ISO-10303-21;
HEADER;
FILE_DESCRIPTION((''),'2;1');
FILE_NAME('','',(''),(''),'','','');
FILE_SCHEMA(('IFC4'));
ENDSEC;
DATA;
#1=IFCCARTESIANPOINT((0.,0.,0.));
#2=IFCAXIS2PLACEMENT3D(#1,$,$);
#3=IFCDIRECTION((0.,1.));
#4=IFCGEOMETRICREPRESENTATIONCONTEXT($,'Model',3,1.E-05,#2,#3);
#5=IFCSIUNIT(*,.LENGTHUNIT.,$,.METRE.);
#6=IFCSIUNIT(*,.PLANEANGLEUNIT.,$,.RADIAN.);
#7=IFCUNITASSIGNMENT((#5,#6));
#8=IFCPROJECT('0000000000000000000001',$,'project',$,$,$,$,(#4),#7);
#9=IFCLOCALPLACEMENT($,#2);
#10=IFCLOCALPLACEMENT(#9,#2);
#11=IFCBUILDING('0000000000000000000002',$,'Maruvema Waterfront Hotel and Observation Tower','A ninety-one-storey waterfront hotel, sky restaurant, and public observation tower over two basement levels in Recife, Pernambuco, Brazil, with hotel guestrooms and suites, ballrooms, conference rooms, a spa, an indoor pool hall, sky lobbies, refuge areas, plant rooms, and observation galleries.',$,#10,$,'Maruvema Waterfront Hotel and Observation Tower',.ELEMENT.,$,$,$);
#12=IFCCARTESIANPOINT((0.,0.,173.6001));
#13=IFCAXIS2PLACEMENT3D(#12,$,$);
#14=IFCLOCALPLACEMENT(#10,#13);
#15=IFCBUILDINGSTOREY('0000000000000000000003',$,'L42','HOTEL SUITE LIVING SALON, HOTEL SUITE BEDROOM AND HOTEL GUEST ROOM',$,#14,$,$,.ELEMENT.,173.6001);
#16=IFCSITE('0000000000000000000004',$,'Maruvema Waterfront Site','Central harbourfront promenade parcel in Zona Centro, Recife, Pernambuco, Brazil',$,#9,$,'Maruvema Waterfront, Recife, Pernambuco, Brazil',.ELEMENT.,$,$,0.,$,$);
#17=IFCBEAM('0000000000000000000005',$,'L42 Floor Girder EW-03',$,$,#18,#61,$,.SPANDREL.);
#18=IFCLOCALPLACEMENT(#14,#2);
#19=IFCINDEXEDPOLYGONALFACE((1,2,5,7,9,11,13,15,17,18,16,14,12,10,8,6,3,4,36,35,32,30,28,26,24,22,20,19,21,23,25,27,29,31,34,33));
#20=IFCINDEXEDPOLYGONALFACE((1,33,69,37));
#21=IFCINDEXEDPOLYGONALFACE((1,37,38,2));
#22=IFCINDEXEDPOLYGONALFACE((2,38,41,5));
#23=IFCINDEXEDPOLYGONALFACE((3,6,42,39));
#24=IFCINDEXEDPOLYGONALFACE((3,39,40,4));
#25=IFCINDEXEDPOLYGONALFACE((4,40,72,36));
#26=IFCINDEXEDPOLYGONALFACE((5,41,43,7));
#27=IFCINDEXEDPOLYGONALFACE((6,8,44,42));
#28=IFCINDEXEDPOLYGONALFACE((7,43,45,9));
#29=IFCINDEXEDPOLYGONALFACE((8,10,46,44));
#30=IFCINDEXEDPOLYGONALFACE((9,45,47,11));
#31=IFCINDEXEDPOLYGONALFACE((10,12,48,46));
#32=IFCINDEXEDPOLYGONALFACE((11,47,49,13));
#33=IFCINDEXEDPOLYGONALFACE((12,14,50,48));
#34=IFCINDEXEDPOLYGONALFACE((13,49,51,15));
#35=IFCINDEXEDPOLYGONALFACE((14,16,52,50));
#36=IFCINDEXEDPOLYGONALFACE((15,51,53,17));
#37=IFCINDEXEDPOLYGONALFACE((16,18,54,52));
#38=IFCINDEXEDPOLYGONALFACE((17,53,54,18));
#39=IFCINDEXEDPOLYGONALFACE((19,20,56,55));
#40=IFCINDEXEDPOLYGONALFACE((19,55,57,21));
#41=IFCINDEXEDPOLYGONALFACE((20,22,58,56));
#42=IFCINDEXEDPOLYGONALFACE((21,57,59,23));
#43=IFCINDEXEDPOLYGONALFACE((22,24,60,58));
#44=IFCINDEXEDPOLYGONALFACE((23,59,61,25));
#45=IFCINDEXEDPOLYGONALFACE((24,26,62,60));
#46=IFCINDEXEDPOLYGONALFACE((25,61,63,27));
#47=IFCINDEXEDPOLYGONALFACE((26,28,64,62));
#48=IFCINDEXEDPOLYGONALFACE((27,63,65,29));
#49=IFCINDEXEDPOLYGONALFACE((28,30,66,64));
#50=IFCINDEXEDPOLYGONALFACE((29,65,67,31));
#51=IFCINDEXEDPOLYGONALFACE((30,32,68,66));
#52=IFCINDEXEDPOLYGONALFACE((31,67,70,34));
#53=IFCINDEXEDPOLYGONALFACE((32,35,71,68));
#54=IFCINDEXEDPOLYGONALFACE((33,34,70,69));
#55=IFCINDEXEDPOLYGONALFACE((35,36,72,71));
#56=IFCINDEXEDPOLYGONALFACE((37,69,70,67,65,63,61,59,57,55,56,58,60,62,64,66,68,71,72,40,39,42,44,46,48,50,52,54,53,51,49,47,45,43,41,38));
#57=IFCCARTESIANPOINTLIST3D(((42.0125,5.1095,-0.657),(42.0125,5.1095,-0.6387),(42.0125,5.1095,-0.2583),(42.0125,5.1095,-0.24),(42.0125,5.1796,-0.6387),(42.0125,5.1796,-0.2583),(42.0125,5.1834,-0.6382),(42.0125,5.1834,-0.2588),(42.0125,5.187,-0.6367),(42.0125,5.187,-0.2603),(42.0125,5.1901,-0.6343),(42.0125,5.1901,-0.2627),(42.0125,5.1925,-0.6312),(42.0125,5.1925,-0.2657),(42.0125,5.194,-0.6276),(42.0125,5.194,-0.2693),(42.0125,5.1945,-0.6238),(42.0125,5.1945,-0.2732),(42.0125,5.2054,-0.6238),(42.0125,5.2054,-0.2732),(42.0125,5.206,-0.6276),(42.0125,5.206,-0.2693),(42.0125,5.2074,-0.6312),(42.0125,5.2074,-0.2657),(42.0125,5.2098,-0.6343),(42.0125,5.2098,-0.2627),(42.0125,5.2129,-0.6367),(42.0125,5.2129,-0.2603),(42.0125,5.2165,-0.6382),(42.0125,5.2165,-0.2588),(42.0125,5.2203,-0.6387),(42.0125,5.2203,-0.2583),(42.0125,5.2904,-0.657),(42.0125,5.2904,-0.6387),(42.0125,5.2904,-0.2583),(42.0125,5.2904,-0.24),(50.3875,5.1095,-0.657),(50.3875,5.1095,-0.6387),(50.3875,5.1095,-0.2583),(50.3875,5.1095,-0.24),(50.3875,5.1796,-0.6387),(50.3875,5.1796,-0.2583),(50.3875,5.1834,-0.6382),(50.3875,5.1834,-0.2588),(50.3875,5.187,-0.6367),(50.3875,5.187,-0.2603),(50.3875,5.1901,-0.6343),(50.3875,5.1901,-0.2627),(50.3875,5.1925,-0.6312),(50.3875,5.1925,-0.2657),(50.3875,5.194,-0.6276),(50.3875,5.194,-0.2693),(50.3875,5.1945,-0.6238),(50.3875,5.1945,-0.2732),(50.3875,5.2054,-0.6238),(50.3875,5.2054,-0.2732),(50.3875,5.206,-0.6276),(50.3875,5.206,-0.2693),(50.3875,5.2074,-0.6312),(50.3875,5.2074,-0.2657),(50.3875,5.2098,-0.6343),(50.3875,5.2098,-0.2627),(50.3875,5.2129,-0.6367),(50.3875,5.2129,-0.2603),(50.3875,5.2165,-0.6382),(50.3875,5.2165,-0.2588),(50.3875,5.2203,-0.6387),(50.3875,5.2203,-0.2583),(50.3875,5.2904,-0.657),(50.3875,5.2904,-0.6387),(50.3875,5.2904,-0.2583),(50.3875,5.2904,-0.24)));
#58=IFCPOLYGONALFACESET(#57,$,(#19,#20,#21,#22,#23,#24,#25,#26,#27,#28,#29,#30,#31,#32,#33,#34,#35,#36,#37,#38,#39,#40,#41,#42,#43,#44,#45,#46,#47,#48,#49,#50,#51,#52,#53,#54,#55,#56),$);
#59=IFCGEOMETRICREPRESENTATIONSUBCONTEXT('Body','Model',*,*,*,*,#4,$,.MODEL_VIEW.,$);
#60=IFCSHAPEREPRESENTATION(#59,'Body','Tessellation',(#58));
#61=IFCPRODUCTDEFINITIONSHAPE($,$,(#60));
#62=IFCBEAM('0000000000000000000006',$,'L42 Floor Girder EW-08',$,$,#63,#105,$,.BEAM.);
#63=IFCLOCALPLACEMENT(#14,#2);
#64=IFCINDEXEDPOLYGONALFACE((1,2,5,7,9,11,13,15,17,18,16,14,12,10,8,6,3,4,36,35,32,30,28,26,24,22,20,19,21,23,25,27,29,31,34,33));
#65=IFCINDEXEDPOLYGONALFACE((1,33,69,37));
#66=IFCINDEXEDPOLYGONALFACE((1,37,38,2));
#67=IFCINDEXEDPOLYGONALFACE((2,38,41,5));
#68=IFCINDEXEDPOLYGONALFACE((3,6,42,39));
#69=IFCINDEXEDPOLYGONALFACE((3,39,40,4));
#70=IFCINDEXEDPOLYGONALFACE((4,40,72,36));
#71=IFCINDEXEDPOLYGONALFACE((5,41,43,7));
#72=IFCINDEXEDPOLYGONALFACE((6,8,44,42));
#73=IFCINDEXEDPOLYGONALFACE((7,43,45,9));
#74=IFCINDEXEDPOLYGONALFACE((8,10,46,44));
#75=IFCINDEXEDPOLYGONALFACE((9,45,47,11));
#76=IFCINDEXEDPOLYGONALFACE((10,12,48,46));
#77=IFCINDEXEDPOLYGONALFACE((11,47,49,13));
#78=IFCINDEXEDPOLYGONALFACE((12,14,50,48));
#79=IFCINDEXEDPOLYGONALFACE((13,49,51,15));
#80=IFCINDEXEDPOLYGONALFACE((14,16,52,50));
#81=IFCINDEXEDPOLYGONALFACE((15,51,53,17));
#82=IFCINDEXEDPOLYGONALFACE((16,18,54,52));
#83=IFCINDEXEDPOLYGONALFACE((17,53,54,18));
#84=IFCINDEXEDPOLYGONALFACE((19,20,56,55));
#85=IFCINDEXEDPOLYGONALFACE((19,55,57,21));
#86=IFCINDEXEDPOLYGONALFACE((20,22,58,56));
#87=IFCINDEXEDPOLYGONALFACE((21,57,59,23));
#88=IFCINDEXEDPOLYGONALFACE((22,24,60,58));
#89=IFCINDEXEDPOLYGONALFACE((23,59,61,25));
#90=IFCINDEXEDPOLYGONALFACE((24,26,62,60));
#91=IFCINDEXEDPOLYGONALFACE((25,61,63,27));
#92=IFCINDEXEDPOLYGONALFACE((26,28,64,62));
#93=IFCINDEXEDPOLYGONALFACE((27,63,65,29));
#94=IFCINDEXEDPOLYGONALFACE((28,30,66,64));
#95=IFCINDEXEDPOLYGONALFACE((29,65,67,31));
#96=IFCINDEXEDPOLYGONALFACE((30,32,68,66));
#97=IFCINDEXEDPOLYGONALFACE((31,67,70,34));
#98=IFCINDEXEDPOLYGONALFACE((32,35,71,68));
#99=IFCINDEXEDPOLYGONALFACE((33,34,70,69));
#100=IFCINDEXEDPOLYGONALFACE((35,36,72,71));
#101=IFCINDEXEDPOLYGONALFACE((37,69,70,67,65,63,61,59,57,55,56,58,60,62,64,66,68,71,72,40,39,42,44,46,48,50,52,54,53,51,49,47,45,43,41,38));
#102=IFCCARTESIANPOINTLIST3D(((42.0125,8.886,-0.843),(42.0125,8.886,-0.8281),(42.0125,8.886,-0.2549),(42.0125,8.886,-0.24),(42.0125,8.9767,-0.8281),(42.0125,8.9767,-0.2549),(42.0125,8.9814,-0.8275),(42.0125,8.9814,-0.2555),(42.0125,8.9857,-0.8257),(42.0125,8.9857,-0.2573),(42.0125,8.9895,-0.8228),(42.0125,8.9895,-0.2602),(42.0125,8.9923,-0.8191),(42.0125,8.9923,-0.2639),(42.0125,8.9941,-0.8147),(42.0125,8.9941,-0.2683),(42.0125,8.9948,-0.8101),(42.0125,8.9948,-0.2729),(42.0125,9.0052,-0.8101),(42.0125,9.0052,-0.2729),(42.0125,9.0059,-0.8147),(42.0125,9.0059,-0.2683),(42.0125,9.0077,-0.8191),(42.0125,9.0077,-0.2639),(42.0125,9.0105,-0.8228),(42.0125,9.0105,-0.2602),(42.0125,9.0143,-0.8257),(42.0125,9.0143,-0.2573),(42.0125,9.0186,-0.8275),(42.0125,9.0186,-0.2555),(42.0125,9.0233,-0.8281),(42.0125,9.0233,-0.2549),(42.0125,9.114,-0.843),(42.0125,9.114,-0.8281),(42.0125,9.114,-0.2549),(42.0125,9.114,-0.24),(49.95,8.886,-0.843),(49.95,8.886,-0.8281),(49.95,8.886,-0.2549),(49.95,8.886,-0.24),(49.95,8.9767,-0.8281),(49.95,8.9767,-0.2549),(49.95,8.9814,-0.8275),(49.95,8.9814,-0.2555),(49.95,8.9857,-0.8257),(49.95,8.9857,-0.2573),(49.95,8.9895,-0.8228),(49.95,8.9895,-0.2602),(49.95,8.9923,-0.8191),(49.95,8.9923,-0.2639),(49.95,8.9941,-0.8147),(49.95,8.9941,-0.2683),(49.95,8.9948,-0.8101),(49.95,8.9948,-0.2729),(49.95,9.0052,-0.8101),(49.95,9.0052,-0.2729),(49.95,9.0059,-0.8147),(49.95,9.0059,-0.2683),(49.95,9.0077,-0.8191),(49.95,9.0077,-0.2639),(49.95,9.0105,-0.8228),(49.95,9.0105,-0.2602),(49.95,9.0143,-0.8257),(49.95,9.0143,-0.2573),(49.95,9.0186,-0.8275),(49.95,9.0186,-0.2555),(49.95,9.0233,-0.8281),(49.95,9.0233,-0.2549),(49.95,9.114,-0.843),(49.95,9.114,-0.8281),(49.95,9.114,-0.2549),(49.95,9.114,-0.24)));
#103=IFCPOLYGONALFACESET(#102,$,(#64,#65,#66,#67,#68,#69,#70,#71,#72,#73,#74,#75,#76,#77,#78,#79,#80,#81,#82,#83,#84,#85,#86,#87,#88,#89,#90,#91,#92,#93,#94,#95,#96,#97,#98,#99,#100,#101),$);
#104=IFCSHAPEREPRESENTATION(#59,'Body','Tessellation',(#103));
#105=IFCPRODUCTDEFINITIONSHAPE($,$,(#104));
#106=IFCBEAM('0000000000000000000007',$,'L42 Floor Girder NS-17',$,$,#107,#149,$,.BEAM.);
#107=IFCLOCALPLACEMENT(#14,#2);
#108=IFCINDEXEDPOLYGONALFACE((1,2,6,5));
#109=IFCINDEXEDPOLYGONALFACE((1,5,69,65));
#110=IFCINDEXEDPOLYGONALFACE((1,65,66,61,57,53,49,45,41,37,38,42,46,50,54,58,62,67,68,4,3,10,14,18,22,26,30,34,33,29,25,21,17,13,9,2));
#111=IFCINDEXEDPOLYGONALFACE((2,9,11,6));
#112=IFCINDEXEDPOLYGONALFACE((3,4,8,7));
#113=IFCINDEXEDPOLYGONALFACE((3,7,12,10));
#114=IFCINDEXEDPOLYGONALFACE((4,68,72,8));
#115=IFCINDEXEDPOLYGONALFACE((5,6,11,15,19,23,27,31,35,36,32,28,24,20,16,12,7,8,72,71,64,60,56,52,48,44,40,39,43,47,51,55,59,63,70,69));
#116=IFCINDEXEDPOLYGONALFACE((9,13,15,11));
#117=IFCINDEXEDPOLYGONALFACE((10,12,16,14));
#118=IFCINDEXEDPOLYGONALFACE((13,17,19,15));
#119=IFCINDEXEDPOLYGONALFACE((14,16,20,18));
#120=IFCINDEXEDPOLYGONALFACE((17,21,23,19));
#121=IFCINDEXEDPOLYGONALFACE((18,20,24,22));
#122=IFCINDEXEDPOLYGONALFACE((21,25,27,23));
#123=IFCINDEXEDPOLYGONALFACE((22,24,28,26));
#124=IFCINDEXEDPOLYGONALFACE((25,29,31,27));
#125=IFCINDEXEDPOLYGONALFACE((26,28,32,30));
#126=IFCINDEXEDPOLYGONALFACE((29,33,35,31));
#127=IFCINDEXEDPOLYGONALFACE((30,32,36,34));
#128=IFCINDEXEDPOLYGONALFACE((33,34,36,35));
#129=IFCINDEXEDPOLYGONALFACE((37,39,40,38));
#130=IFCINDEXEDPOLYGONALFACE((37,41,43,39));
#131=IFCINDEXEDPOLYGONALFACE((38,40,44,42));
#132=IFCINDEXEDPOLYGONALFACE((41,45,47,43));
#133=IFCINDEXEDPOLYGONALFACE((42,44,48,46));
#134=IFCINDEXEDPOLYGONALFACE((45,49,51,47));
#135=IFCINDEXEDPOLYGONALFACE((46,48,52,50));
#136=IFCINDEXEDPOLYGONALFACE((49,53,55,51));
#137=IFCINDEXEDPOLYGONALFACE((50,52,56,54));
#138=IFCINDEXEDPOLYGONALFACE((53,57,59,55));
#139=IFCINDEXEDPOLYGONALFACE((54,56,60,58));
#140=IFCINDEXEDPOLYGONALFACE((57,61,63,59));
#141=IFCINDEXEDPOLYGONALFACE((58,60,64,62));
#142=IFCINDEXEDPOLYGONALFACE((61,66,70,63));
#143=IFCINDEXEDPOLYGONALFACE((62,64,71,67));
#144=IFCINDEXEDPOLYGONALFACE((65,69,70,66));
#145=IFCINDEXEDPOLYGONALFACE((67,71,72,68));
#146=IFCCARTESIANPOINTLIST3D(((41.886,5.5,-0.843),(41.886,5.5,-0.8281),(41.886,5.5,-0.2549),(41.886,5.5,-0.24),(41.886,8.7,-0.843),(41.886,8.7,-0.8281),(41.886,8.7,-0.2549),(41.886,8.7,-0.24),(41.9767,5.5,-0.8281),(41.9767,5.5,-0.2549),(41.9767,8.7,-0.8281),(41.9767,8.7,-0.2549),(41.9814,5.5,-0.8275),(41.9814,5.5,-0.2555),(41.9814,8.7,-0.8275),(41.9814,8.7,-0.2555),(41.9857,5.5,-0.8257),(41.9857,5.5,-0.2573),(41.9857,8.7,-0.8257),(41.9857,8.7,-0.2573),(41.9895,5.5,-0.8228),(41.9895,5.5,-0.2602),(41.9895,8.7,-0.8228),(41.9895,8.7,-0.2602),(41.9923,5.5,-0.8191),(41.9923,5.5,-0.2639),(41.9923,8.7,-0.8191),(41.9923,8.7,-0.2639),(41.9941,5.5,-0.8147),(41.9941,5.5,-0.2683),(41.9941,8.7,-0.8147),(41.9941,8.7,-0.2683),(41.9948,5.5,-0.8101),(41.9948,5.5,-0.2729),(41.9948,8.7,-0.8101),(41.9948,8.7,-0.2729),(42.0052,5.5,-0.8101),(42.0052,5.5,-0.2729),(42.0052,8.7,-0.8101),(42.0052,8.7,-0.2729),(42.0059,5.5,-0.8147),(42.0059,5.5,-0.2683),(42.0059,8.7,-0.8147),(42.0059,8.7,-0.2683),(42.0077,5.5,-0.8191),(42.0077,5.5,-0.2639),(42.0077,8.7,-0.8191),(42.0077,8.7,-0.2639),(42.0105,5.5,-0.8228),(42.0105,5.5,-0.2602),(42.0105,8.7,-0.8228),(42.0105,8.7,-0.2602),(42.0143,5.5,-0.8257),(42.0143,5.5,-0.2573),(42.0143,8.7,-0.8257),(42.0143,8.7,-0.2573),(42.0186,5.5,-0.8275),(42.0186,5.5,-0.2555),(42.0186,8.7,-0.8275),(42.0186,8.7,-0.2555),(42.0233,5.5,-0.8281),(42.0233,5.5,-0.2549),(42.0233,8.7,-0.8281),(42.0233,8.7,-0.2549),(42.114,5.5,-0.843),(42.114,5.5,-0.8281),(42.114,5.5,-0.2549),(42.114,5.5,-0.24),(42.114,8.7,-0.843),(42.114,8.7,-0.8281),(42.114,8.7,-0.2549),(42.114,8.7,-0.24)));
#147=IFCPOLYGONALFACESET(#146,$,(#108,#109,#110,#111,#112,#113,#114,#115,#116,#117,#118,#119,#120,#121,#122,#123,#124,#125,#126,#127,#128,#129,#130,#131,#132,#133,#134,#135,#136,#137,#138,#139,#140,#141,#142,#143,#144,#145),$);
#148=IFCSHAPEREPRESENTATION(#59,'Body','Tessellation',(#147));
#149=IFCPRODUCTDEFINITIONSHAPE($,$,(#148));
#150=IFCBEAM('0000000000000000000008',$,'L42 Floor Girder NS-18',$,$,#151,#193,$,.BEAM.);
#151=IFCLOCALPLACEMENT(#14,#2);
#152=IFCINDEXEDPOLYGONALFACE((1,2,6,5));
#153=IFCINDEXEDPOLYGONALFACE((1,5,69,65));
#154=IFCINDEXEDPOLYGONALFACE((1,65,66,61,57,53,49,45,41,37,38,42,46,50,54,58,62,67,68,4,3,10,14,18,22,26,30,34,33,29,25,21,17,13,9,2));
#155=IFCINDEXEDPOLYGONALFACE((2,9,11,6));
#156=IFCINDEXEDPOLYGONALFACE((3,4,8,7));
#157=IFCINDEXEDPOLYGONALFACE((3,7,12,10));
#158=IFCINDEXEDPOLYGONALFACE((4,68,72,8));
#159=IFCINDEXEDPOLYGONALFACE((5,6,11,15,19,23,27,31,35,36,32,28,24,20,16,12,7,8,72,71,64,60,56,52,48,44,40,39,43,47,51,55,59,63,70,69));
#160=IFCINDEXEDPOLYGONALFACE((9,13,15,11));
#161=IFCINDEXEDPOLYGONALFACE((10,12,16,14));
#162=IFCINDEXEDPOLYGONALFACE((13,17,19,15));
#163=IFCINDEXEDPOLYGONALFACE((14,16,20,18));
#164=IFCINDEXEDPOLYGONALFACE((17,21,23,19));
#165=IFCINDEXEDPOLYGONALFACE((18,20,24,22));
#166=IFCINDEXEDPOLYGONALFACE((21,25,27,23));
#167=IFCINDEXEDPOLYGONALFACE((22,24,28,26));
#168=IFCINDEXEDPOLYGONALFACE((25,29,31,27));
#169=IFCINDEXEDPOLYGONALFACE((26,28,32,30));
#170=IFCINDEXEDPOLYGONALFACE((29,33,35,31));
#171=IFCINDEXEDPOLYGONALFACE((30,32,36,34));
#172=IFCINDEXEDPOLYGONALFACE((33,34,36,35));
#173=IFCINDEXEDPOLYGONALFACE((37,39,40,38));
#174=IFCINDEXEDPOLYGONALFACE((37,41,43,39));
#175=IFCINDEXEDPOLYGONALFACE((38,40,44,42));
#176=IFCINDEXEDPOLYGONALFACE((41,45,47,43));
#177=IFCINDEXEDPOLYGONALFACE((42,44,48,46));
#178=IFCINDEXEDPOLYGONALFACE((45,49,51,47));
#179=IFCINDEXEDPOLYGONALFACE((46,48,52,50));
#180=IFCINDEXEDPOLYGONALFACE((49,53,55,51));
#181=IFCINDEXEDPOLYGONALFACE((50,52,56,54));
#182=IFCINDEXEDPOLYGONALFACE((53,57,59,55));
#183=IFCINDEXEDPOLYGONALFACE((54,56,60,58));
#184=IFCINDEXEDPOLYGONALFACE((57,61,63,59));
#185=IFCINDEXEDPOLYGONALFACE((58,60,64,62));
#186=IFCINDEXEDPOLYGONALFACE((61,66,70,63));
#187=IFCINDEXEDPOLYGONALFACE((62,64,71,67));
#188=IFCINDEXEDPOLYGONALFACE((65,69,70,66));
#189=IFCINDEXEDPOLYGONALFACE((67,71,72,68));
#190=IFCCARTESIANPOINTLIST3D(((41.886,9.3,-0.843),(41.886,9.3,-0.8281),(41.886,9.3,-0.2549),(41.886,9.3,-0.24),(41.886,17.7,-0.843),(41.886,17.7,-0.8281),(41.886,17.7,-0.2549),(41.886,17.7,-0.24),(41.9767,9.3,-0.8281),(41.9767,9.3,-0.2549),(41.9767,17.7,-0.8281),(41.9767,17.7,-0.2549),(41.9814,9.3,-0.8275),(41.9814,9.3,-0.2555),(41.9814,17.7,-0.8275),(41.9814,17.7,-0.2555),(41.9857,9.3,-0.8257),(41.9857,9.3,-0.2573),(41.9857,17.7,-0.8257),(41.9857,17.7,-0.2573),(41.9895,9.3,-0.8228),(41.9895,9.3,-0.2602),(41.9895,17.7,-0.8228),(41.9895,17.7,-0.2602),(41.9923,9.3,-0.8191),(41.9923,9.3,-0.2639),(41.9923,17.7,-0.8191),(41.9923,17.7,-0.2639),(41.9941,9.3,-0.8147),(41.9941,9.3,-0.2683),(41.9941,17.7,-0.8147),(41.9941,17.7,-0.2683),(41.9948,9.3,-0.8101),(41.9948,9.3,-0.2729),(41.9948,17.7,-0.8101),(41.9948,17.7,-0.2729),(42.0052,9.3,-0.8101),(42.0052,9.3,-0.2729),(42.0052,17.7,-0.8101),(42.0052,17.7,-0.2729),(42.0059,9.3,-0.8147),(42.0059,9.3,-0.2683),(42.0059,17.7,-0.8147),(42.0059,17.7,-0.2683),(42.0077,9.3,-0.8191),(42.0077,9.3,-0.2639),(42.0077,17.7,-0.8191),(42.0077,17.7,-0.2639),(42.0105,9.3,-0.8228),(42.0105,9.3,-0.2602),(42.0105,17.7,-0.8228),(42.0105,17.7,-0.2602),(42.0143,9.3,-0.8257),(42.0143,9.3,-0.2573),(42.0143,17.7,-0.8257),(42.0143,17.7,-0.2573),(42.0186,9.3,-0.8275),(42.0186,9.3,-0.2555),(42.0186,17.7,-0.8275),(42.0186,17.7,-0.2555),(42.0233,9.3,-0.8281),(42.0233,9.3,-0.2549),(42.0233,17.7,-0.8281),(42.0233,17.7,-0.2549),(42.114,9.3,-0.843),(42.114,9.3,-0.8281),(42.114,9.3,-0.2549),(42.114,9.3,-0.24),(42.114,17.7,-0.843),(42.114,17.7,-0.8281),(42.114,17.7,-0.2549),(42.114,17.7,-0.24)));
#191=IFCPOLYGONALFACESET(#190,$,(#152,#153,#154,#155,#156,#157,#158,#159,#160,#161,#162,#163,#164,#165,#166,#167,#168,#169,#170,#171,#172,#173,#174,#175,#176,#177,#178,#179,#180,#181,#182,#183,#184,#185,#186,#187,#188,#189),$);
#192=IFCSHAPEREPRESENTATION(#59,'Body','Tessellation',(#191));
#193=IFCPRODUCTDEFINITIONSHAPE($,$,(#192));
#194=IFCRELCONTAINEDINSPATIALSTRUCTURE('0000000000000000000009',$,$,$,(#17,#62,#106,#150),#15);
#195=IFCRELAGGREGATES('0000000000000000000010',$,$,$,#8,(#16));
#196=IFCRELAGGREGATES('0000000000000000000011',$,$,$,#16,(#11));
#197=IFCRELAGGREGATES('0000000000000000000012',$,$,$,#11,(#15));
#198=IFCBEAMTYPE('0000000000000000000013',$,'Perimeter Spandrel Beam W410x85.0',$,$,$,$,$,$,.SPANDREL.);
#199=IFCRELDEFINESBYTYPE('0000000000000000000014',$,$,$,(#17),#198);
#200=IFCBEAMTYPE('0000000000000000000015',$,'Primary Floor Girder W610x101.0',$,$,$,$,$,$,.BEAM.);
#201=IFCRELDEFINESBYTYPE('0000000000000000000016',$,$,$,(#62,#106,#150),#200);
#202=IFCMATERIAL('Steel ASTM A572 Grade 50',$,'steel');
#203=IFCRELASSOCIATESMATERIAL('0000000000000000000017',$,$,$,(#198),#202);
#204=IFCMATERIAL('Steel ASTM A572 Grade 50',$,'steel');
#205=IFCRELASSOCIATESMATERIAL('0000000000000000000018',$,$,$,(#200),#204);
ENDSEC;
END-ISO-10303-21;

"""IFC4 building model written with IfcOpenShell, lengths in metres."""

from ifc_helpers import new_model, si_unit, direction, frame, origin, origin_2d, place, context, subcontext, project, spatial, i_section, extrude, material, material_profile, profile_set, type_object, element, save


model = new_model("IFC4")

# Units and contexts
model_context = context("Model", 3, precision=1e-05, world=origin(), true_north=direction((0.0, 1.0)))
body_context = subcontext(model_context, "Body", "Model", "MODEL_VIEW")
ifc_project = project(units=[si_unit("LENGTHUNIT", "METRE"), si_unit("PLANEANGLEUNIT", "RADIAN")], contexts=[model_context])

# Site, building, storey
site_placement = place(None, origin())
site = spatial("IfcSite", under=ifc_project, at=site_placement, Name="Maruvema Waterfront Site", Description="Central harbourfront promenade parcel in Zona Centro, Recife, Pernambuco, Brazil", LongName="Maruvema Waterfront, Recife, Pernambuco, Brazil", CompositionType="ELEMENT", RefElevation=0.0)
building_placement = place(site_placement, origin())
building = spatial("IfcBuilding", under=site, at=building_placement, Name="Maruvema Waterfront Hotel and Observation Tower", Description="A ninety-one-storey waterfront hotel, sky restaurant, and public observation tower over two basement levels in Recife, Pernambuco, Brazil, with hotel guestrooms and suites, ballrooms, conference rooms, a spa, an indoor pool hall, sky lobbies, refuge areas, plant rooms, and observation galleries.", LongName="Maruvema Waterfront Hotel and Observation Tower", CompositionType="ELEMENT")
storey_placement = place(building_placement, frame((0.0, 0.0, 173.6001)))
storey = spatial("IfcBuildingStorey", under=building, at=storey_placement, Name="L42", Description="HOTEL SUITE LIVING SALON, HOTEL SUITE BEDROOM AND HOTEL GUEST ROOM", CompositionType="ELEMENT", Elevation=173.6001)

# Beams
ifc_material_1 = material(Name="Steel ASTM A572 Grade 50", Category="steel")
ifc_material_profile_1 = material_profile(ifc_material_1, i_section(OverallWidth=0.1809, OverallDepth=0.417, WebThickness=0.011, FlangeThickness=0.0183, FilletRadius=0.0149, at=origin_2d()), Name="W410x85.0")
ifc_profile_set_1 = profile_set([ifc_material_profile_1], Name="Steel ASTM A572 Grade 50")
beam_type_1 = type_object("IfcBeamType", Name="Perimeter Spandrel Beam W410x85.0", PredefinedType="SPANDREL", material=ifc_profile_set_1)
beam_1_placement = place(storey_placement, frame((42.0125, 5.2, -0.4485), z_axis=(1.0, 0.0, 0.0), x_axis=(0.0, 1.0, 0.0)))
element("IfcBeam", 1, at=beam_1_placement, inside=storey, type_object=beam_type_1, Name="L42 Floor Girder EW-03", PredefinedType="SPANDREL", context=body_context, shape_type="SweptSolid", body=[
    extrude(i_section(OverallWidth=0.1809, OverallDepth=0.417, WebThickness=0.011, FlangeThickness=0.0183, FilletRadius=0.0149, at=origin_2d()), origin(), (0.0, 0.0, 1.0), 8.375),
])
ifc_material_2 = material(Name="Steel ASTM A572 Grade 50", Category="steel")
ifc_material_profile_2 = material_profile(ifc_material_2, i_section(OverallWidth=0.228, OverallDepth=0.603, WebThickness=0.0105, FlangeThickness=0.0149, FilletRadius=0.0181, at=origin_2d()), Name="W610x101.0")
ifc_profile_set_2 = profile_set([ifc_material_profile_2], Name="Steel ASTM A572 Grade 50")
beam_type_2 = type_object("IfcBeamType", Name="Primary Floor Girder W610x101.0", PredefinedType="BEAM", material=ifc_profile_set_2)
beam_2_placement = place(storey_placement, frame((42.0125, 9.0, -0.5415), z_axis=(1.0, 0.0, 0.0), x_axis=(0.0, 1.0, 0.0)))
element("IfcBeam", 2, at=beam_2_placement, inside=storey, type_object=beam_type_2, Name="L42 Floor Girder EW-08", PredefinedType="BEAM", context=body_context, shape_type="SweptSolid", body=[
    extrude(i_section(OverallWidth=0.228, OverallDepth=0.603, WebThickness=0.0105, FlangeThickness=0.0149, FilletRadius=0.0181, at=origin_2d()), origin(), (0.0, 0.0, 1.0), 7.9375),
])
beam_3_placement = place(storey_placement, frame((42.0, 5.5, -0.5415), z_axis=(0.0, 1.0, 0.0), x_axis=(-1.0, 0.0, 0.0)))
element("IfcBeam", 3, at=beam_3_placement, inside=storey, type_object=beam_type_2, Name="L42 Floor Girder NS-17", PredefinedType="BEAM", context=body_context, shape_type="SweptSolid", body=[
    extrude(i_section(OverallWidth=0.228, OverallDepth=0.603, WebThickness=0.0105, FlangeThickness=0.0149, FilletRadius=0.0181, at=origin_2d()), origin(), (0.0, 0.0, 1.0), 3.2),
])
beam_4_placement = place(storey_placement, frame((42.0, 9.3, -0.5415), z_axis=(0.0, 1.0, 0.0), x_axis=(-1.0, 0.0, 0.0)))
element("IfcBeam", 4, at=beam_4_placement, inside=storey, type_object=beam_type_2, Name="L42 Floor Girder NS-18", PredefinedType="BEAM", context=body_context, shape_type="SweptSolid", body=[
    extrude(i_section(OverallWidth=0.228, OverallDepth=0.603, WebThickness=0.0105, FlangeThickness=0.0149, FilletRadius=0.0181, at=origin_2d()), origin(), (0.0, 0.0, 1.0), 8.3999),
])

save(model, "model.ifc")
